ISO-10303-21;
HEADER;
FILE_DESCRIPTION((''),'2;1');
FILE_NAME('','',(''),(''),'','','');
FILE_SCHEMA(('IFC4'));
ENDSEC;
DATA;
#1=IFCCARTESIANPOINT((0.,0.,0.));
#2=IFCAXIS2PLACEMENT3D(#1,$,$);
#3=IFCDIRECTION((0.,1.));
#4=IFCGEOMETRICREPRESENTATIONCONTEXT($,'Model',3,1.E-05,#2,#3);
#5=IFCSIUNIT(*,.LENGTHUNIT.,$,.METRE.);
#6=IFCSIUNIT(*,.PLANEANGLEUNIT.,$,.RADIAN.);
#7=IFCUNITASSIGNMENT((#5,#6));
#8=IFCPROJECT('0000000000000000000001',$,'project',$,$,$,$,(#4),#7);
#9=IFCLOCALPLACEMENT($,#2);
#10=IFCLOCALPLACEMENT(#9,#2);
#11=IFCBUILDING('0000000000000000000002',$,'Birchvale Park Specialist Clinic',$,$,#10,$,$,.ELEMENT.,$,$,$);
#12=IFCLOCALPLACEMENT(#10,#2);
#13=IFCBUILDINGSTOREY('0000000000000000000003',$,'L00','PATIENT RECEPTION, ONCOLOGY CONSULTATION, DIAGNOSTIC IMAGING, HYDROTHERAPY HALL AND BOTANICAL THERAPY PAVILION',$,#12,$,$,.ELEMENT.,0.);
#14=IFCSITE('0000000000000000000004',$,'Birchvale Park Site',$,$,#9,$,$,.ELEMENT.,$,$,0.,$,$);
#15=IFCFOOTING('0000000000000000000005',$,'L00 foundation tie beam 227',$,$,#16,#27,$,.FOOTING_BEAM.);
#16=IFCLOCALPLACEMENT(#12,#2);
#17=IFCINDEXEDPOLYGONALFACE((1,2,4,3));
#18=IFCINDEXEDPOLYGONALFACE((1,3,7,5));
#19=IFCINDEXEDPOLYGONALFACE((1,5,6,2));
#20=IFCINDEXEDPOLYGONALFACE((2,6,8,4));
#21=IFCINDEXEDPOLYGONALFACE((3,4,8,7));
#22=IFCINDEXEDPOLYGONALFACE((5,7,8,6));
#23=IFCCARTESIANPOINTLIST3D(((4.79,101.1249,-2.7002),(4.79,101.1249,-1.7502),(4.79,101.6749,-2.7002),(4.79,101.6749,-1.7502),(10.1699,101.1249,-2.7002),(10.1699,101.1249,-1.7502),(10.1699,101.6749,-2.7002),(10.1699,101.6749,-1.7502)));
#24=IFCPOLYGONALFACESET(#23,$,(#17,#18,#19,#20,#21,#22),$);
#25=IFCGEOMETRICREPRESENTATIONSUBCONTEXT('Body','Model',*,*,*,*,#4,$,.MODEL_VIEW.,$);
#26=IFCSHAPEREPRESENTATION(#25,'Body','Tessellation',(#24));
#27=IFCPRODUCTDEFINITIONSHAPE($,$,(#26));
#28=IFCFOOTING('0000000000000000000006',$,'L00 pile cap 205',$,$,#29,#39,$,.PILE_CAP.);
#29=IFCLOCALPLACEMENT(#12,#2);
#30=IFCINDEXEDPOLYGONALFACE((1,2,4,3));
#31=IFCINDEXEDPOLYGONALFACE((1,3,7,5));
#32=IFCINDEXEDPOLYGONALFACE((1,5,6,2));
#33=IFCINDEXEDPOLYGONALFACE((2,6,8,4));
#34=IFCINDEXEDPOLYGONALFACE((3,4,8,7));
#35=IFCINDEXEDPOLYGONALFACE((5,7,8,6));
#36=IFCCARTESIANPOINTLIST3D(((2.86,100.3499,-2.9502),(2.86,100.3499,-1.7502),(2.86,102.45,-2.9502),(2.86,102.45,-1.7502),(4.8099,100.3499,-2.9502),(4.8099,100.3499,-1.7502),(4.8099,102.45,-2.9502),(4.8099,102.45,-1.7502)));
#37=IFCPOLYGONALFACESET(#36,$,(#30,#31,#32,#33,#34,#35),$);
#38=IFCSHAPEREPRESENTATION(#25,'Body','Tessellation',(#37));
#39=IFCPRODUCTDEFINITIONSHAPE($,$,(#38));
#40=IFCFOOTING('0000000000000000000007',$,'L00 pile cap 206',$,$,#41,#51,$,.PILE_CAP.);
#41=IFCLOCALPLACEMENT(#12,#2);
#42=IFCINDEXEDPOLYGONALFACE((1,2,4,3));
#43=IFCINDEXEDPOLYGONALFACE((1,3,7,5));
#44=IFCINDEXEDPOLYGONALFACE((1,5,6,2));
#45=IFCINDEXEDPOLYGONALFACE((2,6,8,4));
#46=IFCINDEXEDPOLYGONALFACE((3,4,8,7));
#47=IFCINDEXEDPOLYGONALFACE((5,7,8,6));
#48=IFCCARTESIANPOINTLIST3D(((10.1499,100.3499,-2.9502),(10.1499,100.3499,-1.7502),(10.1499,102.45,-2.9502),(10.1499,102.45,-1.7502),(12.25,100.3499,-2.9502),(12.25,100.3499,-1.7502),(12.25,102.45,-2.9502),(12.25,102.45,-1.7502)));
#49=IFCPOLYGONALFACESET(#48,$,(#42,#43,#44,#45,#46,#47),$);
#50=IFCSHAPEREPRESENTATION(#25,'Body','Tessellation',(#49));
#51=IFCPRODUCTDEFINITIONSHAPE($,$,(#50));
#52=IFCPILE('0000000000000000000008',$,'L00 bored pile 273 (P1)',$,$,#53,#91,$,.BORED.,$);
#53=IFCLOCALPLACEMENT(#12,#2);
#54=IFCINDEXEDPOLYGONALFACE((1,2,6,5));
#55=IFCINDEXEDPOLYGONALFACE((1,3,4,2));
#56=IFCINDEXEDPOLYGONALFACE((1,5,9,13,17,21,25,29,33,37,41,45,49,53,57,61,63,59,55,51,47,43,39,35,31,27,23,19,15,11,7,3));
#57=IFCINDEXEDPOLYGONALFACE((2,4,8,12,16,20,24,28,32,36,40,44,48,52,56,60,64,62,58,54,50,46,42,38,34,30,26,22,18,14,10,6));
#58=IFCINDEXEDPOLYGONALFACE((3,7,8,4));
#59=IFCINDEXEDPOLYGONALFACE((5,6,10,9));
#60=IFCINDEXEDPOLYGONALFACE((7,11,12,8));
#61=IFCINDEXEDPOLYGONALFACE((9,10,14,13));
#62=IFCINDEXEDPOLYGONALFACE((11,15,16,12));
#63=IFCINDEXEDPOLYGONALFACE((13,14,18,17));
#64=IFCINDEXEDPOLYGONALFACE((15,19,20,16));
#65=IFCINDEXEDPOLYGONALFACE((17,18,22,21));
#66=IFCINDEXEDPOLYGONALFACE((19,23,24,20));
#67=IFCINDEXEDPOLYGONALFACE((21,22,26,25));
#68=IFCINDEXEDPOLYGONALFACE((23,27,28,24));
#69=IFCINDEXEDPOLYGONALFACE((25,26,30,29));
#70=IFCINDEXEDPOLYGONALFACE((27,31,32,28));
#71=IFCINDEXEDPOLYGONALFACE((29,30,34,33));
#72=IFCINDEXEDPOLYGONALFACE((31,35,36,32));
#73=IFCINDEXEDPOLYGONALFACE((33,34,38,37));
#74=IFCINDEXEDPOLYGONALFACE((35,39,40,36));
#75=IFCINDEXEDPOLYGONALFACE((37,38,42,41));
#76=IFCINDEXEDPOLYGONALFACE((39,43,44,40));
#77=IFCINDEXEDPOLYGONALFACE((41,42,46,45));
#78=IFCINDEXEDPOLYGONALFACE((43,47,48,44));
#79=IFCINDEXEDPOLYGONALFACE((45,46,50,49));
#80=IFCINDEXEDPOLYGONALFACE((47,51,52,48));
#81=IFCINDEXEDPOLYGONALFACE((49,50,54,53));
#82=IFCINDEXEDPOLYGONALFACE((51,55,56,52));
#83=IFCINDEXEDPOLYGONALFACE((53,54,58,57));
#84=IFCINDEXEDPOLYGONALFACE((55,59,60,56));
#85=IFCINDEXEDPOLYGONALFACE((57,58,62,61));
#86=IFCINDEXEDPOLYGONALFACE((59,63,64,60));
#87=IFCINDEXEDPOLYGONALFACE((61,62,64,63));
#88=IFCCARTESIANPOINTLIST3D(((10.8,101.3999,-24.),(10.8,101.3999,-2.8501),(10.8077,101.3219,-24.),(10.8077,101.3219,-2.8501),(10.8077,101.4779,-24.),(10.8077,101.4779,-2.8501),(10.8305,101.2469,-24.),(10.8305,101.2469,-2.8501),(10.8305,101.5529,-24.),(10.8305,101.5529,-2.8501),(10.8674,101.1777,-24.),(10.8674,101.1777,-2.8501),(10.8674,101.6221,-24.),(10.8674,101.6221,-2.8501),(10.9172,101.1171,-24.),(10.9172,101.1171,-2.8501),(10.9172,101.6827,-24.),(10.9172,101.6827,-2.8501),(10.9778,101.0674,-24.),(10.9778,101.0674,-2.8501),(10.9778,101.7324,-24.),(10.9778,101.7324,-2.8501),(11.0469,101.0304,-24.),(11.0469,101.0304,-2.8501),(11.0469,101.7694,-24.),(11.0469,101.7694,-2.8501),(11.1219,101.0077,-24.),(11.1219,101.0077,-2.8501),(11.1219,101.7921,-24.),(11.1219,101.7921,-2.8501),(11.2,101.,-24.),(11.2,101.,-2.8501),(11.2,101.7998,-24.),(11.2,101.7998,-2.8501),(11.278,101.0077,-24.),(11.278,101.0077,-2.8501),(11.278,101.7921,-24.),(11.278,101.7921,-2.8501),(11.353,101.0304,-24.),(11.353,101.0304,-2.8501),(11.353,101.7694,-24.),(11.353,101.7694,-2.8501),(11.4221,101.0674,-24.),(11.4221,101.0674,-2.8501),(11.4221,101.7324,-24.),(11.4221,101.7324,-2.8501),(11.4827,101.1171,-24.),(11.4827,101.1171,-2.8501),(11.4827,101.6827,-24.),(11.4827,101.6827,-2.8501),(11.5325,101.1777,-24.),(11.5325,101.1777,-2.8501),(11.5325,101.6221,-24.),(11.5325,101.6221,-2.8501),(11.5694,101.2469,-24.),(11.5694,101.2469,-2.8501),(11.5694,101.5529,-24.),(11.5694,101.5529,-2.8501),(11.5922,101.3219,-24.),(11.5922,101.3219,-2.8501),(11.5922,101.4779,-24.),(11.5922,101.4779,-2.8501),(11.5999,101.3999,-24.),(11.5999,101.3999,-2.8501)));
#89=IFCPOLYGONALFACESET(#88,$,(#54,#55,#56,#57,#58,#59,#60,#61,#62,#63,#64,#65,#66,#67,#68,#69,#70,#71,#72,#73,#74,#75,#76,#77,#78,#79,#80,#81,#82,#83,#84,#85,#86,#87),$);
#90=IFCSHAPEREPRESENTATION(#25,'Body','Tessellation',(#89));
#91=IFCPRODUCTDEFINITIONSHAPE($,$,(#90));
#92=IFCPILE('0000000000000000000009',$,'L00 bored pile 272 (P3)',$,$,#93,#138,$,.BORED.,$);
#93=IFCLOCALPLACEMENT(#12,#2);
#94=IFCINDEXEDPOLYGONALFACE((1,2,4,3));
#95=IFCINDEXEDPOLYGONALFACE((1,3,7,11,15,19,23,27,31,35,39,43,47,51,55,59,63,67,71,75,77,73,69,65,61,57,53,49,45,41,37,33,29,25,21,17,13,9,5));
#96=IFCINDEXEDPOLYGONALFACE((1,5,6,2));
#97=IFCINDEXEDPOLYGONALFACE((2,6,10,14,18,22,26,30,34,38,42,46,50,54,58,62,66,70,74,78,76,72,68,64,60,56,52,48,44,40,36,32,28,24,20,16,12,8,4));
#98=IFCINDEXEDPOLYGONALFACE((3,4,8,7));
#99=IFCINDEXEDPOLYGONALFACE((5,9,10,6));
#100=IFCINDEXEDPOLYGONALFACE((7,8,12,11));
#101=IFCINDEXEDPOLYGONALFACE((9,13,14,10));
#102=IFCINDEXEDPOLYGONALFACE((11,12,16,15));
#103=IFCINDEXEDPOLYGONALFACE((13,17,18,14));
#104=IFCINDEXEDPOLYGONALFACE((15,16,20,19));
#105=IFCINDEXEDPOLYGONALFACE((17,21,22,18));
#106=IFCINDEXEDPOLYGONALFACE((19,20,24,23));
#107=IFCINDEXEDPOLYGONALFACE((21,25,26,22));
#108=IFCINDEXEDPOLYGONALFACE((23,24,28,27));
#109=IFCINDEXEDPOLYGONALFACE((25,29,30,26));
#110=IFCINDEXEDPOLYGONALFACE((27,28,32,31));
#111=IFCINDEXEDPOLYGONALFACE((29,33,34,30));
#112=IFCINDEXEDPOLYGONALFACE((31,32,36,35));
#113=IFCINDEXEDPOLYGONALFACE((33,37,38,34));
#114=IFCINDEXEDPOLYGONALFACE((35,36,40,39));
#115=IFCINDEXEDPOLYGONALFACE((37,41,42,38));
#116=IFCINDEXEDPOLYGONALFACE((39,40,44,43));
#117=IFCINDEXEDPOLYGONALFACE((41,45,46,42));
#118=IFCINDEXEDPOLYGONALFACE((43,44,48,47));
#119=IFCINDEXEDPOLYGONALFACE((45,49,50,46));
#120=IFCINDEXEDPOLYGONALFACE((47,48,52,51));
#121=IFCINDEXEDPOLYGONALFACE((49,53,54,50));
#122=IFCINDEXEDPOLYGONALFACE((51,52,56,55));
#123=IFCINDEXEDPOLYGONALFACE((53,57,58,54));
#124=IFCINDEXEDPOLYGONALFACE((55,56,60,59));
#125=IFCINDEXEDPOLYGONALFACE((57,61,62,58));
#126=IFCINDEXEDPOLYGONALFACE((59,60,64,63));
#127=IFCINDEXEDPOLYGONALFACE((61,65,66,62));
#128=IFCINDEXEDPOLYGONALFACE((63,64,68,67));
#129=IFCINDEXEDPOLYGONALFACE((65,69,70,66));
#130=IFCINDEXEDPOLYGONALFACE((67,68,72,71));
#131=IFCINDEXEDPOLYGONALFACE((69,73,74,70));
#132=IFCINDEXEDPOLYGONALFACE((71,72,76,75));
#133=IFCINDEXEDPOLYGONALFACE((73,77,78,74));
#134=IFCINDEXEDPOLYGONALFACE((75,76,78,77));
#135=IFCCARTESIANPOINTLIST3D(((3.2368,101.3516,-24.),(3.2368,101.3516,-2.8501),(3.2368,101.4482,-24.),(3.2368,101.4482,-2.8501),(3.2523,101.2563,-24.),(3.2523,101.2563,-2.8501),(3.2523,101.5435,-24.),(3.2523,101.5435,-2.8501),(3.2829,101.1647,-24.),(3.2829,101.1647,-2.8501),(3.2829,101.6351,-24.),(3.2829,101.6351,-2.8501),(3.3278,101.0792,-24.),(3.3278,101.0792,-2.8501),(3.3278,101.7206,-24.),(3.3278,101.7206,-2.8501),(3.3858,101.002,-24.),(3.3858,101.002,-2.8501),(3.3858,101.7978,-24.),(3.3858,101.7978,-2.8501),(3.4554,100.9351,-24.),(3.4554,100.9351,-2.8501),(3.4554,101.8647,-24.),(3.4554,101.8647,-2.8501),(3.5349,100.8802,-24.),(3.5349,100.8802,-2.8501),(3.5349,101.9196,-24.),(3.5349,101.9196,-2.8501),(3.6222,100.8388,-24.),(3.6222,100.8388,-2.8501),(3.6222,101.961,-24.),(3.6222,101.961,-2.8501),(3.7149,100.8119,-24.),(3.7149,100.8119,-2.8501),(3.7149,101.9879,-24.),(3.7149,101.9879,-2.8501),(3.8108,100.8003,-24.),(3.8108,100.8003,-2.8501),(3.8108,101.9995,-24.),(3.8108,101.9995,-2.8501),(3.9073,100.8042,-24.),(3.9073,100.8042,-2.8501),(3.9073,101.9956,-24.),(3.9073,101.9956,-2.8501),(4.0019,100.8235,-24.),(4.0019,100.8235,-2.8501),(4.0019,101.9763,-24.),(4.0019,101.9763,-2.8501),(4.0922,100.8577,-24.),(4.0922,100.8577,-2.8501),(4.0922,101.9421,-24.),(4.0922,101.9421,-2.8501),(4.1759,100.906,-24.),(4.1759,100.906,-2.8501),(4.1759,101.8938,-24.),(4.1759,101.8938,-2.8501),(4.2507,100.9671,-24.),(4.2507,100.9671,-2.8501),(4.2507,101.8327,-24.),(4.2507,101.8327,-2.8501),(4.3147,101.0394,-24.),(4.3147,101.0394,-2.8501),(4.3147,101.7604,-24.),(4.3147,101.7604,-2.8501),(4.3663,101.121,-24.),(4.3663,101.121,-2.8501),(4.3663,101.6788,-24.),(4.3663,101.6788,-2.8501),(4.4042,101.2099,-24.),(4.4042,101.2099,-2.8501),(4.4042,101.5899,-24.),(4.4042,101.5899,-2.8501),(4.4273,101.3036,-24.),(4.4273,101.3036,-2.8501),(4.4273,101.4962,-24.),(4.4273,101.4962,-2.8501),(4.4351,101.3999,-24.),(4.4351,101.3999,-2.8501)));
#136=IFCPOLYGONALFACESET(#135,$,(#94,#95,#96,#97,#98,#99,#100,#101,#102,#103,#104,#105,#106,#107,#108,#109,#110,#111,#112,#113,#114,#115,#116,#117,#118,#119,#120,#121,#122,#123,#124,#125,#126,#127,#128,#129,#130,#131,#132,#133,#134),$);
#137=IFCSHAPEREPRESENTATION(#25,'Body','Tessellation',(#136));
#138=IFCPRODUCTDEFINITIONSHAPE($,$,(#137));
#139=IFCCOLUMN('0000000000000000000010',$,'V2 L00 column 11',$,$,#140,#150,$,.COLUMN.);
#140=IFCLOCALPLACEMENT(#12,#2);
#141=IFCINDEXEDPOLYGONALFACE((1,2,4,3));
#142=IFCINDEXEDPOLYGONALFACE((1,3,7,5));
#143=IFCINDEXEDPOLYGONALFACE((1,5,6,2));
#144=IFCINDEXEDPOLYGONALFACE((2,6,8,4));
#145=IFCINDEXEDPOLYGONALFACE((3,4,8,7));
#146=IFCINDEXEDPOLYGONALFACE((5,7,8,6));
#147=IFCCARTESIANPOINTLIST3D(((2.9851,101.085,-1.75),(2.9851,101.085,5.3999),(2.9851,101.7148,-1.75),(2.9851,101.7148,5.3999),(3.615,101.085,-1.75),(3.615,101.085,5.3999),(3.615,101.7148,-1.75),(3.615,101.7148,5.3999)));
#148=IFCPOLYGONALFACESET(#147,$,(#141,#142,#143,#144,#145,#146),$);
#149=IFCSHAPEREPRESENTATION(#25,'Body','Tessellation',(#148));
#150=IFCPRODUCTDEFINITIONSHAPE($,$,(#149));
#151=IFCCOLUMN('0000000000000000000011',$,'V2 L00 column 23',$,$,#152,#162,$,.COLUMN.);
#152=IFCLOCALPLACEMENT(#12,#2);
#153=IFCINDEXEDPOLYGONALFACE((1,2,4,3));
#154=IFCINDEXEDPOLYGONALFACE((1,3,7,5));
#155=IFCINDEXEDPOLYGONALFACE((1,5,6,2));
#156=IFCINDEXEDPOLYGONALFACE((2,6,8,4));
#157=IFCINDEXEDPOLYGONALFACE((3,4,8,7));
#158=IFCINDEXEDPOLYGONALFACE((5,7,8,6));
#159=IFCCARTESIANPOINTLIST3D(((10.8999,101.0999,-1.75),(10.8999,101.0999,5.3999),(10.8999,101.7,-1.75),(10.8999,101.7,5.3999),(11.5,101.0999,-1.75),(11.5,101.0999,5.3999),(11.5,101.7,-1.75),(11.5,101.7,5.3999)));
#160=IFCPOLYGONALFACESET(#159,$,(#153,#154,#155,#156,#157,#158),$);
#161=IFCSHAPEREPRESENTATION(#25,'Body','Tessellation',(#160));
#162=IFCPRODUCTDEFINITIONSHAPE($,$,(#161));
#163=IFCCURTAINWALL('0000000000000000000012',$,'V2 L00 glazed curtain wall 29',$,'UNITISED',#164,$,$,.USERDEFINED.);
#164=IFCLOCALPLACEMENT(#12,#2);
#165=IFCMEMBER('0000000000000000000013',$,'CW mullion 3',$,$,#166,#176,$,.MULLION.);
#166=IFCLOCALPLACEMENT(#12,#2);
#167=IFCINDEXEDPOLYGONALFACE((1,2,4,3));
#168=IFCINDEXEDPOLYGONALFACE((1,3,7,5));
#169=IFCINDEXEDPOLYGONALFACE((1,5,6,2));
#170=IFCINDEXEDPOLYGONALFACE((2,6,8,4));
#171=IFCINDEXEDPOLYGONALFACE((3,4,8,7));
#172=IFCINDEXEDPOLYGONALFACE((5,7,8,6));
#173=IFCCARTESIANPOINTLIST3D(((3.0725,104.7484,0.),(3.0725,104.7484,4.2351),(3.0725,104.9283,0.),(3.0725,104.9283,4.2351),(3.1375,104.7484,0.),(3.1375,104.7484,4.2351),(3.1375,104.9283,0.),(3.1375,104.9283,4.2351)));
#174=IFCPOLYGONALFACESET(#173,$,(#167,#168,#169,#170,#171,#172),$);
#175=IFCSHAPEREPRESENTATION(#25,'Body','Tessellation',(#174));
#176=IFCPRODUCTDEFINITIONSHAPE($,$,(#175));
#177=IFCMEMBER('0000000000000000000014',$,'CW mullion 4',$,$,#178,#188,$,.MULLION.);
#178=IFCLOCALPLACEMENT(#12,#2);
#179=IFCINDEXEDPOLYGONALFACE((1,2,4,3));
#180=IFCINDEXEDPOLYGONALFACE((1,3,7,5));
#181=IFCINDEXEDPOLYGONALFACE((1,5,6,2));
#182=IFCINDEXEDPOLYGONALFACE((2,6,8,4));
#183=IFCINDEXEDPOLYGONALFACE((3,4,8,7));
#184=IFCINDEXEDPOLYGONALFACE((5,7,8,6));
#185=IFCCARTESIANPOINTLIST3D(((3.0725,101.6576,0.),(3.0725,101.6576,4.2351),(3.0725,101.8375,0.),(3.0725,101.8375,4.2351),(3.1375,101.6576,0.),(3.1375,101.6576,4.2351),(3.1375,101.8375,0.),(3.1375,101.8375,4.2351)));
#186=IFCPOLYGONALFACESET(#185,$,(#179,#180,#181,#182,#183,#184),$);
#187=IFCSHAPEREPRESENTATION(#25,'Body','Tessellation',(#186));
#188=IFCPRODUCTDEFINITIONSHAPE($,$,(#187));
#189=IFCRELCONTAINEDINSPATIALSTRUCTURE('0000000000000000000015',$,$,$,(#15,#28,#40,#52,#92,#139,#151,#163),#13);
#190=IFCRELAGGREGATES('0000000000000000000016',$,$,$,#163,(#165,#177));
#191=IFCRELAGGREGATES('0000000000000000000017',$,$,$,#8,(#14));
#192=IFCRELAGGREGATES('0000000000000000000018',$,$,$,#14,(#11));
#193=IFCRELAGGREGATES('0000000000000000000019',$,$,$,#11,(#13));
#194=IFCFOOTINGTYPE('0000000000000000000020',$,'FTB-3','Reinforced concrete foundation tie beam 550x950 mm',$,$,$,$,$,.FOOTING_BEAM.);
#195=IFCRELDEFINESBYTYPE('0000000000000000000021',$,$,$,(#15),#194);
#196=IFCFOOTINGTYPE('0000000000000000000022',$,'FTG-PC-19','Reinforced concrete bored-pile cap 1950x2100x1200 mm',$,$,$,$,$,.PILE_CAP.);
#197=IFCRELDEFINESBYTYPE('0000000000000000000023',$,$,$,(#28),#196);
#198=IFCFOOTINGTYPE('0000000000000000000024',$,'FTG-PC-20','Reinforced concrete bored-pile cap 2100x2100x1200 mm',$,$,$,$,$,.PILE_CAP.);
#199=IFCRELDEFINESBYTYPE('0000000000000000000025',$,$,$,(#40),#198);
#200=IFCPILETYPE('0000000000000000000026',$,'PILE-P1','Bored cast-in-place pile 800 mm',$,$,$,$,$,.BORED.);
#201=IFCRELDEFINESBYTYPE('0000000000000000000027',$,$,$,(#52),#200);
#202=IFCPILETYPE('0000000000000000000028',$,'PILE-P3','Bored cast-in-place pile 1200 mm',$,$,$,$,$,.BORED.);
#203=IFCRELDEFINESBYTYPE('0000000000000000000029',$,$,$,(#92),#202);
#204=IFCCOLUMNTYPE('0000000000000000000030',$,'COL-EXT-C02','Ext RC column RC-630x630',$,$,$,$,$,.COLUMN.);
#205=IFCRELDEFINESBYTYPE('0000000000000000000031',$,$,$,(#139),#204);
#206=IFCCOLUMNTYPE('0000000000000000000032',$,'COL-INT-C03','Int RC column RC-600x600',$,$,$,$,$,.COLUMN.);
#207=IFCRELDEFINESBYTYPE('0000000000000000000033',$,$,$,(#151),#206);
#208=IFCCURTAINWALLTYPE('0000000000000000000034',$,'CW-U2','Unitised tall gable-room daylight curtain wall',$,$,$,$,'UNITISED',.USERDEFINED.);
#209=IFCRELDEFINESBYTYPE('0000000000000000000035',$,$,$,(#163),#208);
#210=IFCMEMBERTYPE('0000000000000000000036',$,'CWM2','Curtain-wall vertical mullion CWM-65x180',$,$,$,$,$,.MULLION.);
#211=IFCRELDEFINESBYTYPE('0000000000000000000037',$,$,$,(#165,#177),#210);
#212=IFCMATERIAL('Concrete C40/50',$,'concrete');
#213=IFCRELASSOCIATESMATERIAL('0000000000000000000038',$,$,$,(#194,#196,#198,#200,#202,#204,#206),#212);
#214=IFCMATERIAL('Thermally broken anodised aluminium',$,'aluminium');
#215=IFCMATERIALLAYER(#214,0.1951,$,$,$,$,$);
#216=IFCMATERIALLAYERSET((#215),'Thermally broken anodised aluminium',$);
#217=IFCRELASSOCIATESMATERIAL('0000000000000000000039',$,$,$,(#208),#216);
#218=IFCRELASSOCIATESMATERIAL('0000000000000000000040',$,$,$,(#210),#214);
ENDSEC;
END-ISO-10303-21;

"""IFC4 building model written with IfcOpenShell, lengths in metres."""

from ifc_helpers import new_model, si_unit, direction, frame, origin, origin_2d, place, context, subcontext, project, spatial, rectangle, circle, extrude, material, layer, layer_set, material_profile, profile_set, type_object, element, aggregate, save


model = new_model("IFC4")

# Units and contexts
model_context = context("Model", 3, precision=1e-05, world=origin(), true_north=direction((0.0, 1.0)))
body_context = subcontext(model_context, "Body", "Model", "MODEL_VIEW")
ifc_project = project(units=[si_unit("LENGTHUNIT", "METRE"), si_unit("PLANEANGLEUNIT", "RADIAN")], contexts=[model_context])

# Site, building, storey
site_placement = place(None, origin())
site = spatial("IfcSite", under=ifc_project, at=site_placement, Name="Birchvale Park Site", CompositionType="ELEMENT", RefElevation=0.0)
building_placement = place(site_placement, origin())
building = spatial("IfcBuilding", under=site, at=building_placement, Name="Birchvale Park Specialist Clinic", CompositionType="ELEMENT")
storey_placement = place(building_placement, origin())
storey = spatial("IfcBuildingStorey", under=building, at=storey_placement, Name="L00", Description="PATIENT RECEPTION, ONCOLOGY CONSULTATION, DIAGNOSTIC IMAGING, HYDROTHERAPY HALL AND BOTANICAL THERAPY PAVILION", CompositionType="ELEMENT", Elevation=0.0)

# Footings
ifc_material_1 = material(Name="Concrete C40/50", Category="concrete")
footing_type_1 = type_object("IfcFootingType", Name="FTB-3", Description="Reinforced concrete foundation tie beam 550x950 mm", PredefinedType="FOOTING_BEAM", material=ifc_material_1)
footing_1_placement = place(storey_placement, frame((7.48, 101.3999, -2.7002), z_axis=(0.0, 0.0, 1.0), x_axis=(1.0, 0.0, 0.0)))
element("IfcFooting", 1, at=footing_1_placement, inside=storey, type_object=footing_type_1, Name="L00 foundation tie beam 227", PredefinedType="FOOTING_BEAM", context=body_context, shape_type="SweptSolid", body=[
    extrude(rectangle(XDim=5.3799, YDim=0.55, at=origin_2d()), origin(), (0.0, 0.0, 1.0), 0.95),
])
footing_type_2 = type_object("IfcFootingType", Name="FTG-PC-19", Description="Reinforced concrete bored-pile cap 1950x2100x1200 mm", PredefinedType="PILE_CAP", material=ifc_material_1)
footing_2_placement = place(storey_placement, frame((3.835, 101.3999, -2.9502), z_axis=(0.0, 0.0, 1.0), x_axis=(1.0, 0.0, 0.0)))
element("IfcFooting", 2, at=footing_2_placement, inside=storey, type_object=footing_type_2, Name="L00 pile cap 205", PredefinedType="PILE_CAP", context=body_context, shape_type="SweptSolid", body=[
    extrude(rectangle(XDim=1.95, YDim=2.1001, at=origin_2d()), origin(), (0.0, 0.0, 1.0), 1.2),
])
footing_type_3 = type_object("IfcFootingType", Name="FTG-PC-20", Description="Reinforced concrete bored-pile cap 2100x2100x1200 mm", PredefinedType="PILE_CAP", material=ifc_material_1)
footing_3_placement = place(storey_placement, frame((11.2, 101.3999, -2.9502), z_axis=(0.0, 0.0, 1.0), x_axis=(1.0, 0.0, 0.0)))
element("IfcFooting", 3, at=footing_3_placement, inside=storey, type_object=footing_type_3, Name="L00 pile cap 206", PredefinedType="PILE_CAP", context=body_context, shape_type="SweptSolid", body=[
    extrude(rectangle(XDim=2.1001, YDim=2.1001, at=origin_2d()), origin(), (0.0, 0.0, 1.0), 1.2),
])

# Piles
ifc_material_profile_1 = material_profile(ifc_material_1, circle(Radius=0.3999, at=origin_2d()), Name="PILE-800")
ifc_profile_set_1 = profile_set([ifc_material_profile_1], Name="Concrete C40/50")
pile_type_1 = type_object("IfcPileType", Name="PILE-P1", Description="Bored cast-in-place pile 800 mm", PredefinedType="BORED", material=ifc_profile_set_1)
pile_1_placement = place(storey_placement, frame((11.2, 101.3999, -2.8501), z_axis=(0.0, 0.0, -1.0), x_axis=(1.0, 0.0, 0.0)))
element("IfcPile", 4, at=pile_1_placement, inside=storey, type_object=pile_type_1, Name="L00 bored pile 273 (P1)", PredefinedType="BORED", context=body_context, shape_type="SweptSolid", body=[
    extrude(circle(Radius=0.3999, at=origin_2d()), origin(), (0.0, 0.0, 1.0), 21.1499),
])
ifc_material_profile_2 = material_profile(ifc_material_1, circle(Radius=0.6001, at=origin_2d()), Name="PILE-1200")
ifc_profile_set_2 = profile_set([ifc_material_profile_2], Name="Concrete C40/50")
pile_type_2 = type_object("IfcPileType", Name="PILE-P3", Description="Bored cast-in-place pile 1200 mm", PredefinedType="BORED", material=ifc_profile_set_2)
pile_2_placement = place(storey_placement, frame((3.835, 101.3999, -2.8501), z_axis=(0.0, 0.0, -1.0), x_axis=(1.0, 0.0, 0.0)))
element("IfcPile", 5, at=pile_2_placement, inside=storey, type_object=pile_type_2, Name="L00 bored pile 272 (P3)", PredefinedType="BORED", context=body_context, shape_type="SweptSolid", body=[
    extrude(circle(Radius=0.6001, at=origin_2d()), origin(), (0.0, 0.0, 1.0), 21.1499),
])

# Columns
ifc_material_profile_3 = material_profile(ifc_material_1, rectangle(XDim=0.6299, YDim=0.6299, at=origin_2d()), Name="RC-630x630")
ifc_profile_set_3 = profile_set([ifc_material_profile_3], Name="Concrete C40/50")
column_type_1 = type_object("IfcColumnType", Name="COL-EXT-C02", Description="Ext RC column RC-630x630", PredefinedType="COLUMN", material=ifc_profile_set_3)
column_1_placement = place(storey_placement, frame((3.3, 101.3999, -1.75), z_axis=(0.0, 0.0, 1.0), x_axis=(1.0, 0.0, 0.0)))
element("IfcColumn", 6, at=column_1_placement, inside=storey, type_object=column_type_1, Name="V2 L00 column 11", PredefinedType="COLUMN", context=body_context, shape_type="SweptSolid", body=[
    extrude(rectangle(XDim=0.6299, YDim=0.6299, at=origin_2d()), origin(), (0.0, 0.0, 1.0), 7.1499),
])
ifc_material_profile_4 = material_profile(ifc_material_1, rectangle(XDim=0.6001, YDim=0.6001, at=origin_2d()), Name="RC-600x600")
ifc_profile_set_4 = profile_set([ifc_material_profile_4], Name="Concrete C40/50")
column_type_2 = type_object("IfcColumnType", Name="COL-INT-C03", Description="Int RC column RC-600x600", PredefinedType="COLUMN", material=ifc_profile_set_4)
column_2_placement = place(storey_placement, frame((11.2, 101.3999, -1.75), z_axis=(0.0, 0.0, 1.0), x_axis=(1.0, 0.0, 0.0)))
element("IfcColumn", 7, at=column_2_placement, inside=storey, type_object=column_type_2, Name="V2 L00 column 23", PredefinedType="COLUMN", context=body_context, shape_type="SweptSolid", body=[
    extrude(rectangle(XDim=0.6001, YDim=0.6001, at=origin_2d()), origin(), (0.0, 0.0, 1.0), 7.1499),
])

# Curtain wall, members
ifc_material_2 = material(Name="Thermally broken anodised aluminium", Category="aluminium")
ifc_layer_1 = layer(ifc_material_2, 0.1951)
ifc_layer_set_1 = layer_set([ifc_layer_1], Name="Thermally broken anodised aluminium")
curtain_wall_type = type_object("IfcCurtainWallType", Name="CW-U2", Description="Unitised tall gable-room daylight curtain wall", ElementType="UNITISED", PredefinedType="USERDEFINED", material=ifc_layer_set_1)
curtain_wall_placement = place(storey_placement, origin())
curtain_wall = element("IfcCurtainWall", 8, at=curtain_wall_placement, inside=storey, type_object=curtain_wall_type, Name="V2 L00 glazed curtain wall 29", ObjectType="UNITISED", PredefinedType="USERDEFINED")
ifc_material_profile_5 = material_profile(ifc_material_2, rectangle(XDim=0.0649, YDim=0.1799, at=origin_2d()), Name="CWM-65x180")
ifc_profile_set_5 = profile_set([ifc_material_profile_5], Name="Thermally broken anodised aluminium")
member_type_1 = type_object("IfcMemberType", Name="CWM2", Description="Curtain-wall vertical mullion CWM-65x180", PredefinedType="MULLION", material=ifc_profile_set_5)
member_1_placement = place(storey_placement, frame((3.105, 104.8384, 0.0), z_axis=(0.0, 0.0, 1.0), x_axis=(1.0, 0.0, 0.0)))
member_1 = element("IfcMember", 9, at=member_1_placement, type_object=member_type_1, Name="CW mullion 3", PredefinedType="MULLION", context=body_context, shape_type="SweptSolid", body=[
    extrude(rectangle(XDim=0.0649, YDim=0.1799, at=origin_2d()), origin(), (0.0, 0.0, 1.0), 4.2351),
])
member_2_placement = place(storey_placement, frame((3.105, 101.7476, 0.0), z_axis=(0.0, 0.0, 1.0), x_axis=(1.0, 0.0, 0.0)))
member_2 = element("IfcMember", 10, at=member_2_placement, type_object=member_type_1, Name="CW mullion 4", PredefinedType="MULLION", context=body_context, shape_type="SweptSolid", body=[
    extrude(rectangle(XDim=0.0649, YDim=0.1799, at=origin_2d()), origin(), (0.0, 0.0, 1.0), 4.2351),
])
aggregate(curtain_wall, [member_1, member_2])

save(model, "model.ifc")
